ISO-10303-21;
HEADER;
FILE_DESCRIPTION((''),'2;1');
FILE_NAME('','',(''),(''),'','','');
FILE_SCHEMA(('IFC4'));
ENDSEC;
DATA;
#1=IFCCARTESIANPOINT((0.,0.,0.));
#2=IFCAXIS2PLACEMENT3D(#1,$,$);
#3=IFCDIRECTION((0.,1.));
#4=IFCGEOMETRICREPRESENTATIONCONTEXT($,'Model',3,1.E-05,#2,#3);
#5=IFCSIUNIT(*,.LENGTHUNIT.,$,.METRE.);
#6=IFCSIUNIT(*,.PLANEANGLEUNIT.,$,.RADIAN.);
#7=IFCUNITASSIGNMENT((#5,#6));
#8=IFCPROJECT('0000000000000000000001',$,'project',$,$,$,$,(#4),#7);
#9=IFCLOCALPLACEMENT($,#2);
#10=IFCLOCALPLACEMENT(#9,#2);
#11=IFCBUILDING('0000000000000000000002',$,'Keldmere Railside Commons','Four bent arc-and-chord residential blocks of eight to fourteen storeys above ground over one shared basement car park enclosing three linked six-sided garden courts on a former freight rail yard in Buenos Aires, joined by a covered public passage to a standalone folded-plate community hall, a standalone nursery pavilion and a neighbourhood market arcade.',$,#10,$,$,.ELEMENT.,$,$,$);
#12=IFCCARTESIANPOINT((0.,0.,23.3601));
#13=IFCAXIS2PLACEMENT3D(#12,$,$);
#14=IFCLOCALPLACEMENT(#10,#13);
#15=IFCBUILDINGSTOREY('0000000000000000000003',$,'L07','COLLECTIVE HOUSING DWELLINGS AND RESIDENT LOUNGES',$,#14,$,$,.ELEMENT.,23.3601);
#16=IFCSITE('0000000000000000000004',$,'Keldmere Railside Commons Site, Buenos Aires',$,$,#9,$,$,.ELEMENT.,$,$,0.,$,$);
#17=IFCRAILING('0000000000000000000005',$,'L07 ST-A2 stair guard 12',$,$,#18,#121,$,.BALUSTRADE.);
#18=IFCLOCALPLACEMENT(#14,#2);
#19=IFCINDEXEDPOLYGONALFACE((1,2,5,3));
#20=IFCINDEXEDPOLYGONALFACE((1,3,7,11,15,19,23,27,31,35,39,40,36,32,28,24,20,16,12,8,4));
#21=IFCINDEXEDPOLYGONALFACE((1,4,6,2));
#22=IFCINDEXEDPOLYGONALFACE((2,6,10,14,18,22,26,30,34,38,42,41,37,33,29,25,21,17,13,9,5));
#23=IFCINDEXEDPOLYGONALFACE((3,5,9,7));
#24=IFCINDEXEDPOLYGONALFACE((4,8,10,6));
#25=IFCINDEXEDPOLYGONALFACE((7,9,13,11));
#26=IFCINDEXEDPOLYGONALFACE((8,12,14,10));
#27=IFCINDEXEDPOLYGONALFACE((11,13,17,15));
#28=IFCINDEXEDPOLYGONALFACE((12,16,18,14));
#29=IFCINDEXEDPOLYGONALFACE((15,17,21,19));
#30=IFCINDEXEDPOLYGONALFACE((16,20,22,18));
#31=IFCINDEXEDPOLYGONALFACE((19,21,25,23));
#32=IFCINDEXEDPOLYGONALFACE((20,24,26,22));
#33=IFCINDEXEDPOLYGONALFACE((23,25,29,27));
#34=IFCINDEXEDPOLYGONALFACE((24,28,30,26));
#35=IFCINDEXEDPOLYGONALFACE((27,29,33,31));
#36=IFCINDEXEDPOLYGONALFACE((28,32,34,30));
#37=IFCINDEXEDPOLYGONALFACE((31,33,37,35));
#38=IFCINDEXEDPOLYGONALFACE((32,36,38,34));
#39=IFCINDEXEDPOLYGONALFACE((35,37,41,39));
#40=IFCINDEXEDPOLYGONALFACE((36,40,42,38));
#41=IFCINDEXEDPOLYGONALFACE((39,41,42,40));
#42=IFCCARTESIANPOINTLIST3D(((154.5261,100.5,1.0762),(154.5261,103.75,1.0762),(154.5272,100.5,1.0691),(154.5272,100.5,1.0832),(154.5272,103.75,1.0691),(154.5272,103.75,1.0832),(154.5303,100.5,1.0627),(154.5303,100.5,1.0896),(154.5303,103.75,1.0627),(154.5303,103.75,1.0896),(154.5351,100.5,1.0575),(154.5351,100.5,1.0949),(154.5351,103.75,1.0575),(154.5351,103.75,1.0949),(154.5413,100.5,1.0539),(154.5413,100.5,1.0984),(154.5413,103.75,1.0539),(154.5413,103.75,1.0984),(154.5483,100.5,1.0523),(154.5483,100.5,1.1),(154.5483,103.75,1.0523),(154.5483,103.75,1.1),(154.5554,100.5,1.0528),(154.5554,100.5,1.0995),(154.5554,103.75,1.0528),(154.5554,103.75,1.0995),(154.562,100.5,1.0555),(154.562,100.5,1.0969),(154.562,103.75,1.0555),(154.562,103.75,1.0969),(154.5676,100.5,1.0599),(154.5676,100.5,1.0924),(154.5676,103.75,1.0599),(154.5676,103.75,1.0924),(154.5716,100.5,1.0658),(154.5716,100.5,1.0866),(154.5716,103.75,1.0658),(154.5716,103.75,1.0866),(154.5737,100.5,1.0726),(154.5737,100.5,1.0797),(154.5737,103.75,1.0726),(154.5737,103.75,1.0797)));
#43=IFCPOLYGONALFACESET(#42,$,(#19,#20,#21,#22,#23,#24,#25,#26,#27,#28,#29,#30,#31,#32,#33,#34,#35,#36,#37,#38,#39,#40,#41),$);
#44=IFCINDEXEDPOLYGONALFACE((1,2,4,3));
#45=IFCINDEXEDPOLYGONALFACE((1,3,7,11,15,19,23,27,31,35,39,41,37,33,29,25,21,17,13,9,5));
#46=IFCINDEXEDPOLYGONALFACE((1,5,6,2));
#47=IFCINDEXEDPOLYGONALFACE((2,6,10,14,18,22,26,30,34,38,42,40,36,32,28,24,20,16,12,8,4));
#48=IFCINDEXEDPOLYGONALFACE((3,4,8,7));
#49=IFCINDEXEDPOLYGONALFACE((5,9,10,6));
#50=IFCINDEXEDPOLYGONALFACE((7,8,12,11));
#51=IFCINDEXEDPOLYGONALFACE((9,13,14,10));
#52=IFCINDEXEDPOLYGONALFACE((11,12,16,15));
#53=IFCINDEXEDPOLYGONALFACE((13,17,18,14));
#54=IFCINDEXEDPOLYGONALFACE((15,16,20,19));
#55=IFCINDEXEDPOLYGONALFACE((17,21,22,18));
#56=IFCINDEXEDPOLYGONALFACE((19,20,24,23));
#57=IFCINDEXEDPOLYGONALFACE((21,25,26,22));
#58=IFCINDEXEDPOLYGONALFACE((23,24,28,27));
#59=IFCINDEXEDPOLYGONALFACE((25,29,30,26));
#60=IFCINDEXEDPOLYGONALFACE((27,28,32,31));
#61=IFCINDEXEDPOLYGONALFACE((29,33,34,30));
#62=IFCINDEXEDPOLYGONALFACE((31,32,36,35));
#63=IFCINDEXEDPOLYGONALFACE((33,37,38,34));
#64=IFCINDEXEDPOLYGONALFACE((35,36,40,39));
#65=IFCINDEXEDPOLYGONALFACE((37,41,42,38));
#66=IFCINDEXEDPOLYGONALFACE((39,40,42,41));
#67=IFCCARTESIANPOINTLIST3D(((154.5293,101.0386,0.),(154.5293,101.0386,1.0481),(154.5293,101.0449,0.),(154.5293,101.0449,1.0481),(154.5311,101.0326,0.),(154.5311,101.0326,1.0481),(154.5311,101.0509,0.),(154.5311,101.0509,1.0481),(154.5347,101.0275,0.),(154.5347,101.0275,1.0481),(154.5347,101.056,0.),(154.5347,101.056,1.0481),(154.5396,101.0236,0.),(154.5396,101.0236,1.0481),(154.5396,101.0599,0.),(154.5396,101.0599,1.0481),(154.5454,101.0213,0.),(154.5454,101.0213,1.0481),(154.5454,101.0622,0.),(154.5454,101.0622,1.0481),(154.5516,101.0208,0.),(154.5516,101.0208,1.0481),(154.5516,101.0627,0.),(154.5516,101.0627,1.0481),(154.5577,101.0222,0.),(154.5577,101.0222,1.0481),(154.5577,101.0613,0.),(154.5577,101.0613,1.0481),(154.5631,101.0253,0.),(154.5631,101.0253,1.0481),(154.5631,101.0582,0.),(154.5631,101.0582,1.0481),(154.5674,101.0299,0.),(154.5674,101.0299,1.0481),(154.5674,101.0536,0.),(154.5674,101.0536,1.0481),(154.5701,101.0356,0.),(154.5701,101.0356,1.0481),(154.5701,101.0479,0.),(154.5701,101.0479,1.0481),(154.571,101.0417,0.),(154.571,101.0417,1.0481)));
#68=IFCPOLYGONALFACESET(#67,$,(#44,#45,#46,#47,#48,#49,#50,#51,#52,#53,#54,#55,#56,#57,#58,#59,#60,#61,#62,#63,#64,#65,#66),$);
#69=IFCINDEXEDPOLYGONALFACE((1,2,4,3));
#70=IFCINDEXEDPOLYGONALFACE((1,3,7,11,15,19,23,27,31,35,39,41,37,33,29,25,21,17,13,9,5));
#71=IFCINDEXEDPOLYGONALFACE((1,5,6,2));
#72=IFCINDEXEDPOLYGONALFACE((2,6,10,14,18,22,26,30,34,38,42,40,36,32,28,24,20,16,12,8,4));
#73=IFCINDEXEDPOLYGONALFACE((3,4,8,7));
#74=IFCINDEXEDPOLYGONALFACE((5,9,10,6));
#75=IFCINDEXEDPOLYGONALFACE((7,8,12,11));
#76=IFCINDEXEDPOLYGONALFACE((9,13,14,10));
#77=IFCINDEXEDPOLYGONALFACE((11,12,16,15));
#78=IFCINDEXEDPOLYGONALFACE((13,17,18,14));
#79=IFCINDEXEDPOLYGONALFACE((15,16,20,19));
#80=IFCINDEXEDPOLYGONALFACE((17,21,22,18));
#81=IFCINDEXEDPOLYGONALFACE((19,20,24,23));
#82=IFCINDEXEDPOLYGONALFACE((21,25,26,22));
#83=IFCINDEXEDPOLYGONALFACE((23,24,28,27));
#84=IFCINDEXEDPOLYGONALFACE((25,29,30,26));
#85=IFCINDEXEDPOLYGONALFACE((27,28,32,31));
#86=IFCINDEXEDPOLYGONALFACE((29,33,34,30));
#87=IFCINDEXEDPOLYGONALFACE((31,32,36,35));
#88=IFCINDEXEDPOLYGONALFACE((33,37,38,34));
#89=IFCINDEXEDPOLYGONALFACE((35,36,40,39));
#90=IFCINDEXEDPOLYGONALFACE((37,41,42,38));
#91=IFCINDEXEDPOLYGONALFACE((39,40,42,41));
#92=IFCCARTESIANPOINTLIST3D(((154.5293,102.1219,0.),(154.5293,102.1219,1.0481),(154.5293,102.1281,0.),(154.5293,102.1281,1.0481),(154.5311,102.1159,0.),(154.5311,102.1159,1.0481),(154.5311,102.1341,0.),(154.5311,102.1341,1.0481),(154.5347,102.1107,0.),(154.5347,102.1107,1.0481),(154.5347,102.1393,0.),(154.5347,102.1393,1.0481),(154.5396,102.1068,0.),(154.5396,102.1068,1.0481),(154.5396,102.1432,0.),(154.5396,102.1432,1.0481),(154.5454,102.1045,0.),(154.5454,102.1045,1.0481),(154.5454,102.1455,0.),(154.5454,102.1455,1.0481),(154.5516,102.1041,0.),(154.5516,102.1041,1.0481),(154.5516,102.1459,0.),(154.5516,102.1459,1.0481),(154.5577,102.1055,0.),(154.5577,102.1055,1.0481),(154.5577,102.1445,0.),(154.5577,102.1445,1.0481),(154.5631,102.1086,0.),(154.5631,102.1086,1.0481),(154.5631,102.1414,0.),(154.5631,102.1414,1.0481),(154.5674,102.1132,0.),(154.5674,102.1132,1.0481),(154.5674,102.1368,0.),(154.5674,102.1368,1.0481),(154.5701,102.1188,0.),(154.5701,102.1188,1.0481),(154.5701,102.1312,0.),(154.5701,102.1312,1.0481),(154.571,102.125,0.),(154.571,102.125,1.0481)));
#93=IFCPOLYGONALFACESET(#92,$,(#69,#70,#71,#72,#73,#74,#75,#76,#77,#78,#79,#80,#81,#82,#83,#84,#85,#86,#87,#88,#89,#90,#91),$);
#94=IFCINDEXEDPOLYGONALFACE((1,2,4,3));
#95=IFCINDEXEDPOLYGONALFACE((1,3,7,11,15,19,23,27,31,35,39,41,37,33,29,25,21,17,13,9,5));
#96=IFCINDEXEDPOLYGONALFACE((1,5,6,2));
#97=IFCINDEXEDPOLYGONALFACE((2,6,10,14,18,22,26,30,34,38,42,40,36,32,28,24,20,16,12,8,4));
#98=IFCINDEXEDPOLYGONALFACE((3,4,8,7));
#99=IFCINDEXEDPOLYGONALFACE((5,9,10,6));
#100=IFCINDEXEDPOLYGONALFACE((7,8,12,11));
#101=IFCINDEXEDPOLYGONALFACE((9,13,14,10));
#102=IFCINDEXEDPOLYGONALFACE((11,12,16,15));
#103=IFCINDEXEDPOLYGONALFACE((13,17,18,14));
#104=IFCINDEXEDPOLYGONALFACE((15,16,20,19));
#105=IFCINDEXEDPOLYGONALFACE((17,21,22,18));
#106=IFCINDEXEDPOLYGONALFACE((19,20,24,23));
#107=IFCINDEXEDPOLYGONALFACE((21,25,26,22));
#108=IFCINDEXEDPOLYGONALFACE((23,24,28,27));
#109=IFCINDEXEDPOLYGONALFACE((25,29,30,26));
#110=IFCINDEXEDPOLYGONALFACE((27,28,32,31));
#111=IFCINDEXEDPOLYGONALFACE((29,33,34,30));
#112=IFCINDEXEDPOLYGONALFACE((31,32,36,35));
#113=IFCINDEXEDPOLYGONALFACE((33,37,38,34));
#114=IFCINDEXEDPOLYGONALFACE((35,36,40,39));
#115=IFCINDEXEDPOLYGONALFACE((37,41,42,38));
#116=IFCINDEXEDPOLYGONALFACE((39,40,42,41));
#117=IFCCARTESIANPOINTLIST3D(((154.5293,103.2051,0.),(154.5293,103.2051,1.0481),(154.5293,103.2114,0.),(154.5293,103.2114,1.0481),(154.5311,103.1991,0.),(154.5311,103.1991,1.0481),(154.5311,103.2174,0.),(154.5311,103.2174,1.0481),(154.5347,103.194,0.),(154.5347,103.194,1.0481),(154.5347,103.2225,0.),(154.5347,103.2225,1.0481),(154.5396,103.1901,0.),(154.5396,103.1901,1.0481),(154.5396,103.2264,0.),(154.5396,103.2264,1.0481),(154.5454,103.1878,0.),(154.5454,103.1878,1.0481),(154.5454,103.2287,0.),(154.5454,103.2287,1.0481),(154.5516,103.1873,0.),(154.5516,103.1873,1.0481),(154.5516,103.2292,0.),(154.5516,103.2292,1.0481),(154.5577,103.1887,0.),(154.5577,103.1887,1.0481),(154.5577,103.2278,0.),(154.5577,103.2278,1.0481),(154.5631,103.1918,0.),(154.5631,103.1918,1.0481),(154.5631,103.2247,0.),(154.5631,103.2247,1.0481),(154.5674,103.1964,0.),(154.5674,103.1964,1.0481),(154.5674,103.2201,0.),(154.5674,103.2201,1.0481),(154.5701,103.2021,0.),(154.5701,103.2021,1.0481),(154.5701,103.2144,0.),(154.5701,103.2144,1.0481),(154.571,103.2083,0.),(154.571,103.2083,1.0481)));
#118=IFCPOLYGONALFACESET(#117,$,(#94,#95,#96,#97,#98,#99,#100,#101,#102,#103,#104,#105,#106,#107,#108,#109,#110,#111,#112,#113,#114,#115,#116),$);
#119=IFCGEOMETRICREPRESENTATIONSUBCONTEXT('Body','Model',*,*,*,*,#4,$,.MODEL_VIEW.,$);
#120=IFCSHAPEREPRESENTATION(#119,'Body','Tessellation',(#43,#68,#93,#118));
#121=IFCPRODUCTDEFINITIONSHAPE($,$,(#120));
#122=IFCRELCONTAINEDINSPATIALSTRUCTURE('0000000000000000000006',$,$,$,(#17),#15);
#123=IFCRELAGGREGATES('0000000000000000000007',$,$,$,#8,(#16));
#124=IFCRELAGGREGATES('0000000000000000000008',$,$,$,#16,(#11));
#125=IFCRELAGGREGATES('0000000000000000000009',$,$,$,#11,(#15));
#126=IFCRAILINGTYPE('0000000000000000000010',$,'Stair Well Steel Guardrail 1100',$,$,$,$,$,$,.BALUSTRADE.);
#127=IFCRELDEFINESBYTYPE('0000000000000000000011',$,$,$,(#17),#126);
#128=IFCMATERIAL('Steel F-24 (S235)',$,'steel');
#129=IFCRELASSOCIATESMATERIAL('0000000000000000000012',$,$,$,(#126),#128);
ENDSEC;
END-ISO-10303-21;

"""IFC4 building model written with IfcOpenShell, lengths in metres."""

from ifc_helpers import new_model, si_unit, direction, frame, origin, origin_2d, place, context, subcontext, project, spatial, circle, extrude, material, type_object, element, save


model = new_model("IFC4")

# Units and contexts
model_context = context("Model", 3, precision=1e-05, world=origin(), true_north=direction((0.0, 1.0)))
body_context = subcontext(model_context, "Body", "Model", "MODEL_VIEW")
ifc_project = project(units=[si_unit("LENGTHUNIT", "METRE"), si_unit("PLANEANGLEUNIT", "RADIAN")], contexts=[model_context])

# Site, building, storey
site_placement = place(None, origin())
site = spatial("IfcSite", under=ifc_project, at=site_placement, Name="Keldmere Railside Commons Site, Buenos Aires", CompositionType="ELEMENT", RefElevation=0.0)
building_placement = place(site_placement, origin())
building = spatial("IfcBuilding", under=site, at=building_placement, Name="Keldmere Railside Commons", Description="Four bent arc-and-chord residential blocks of eight to fourteen storeys above ground over one shared basement car park enclosing three linked six-sided garden courts on a former freight rail yard in Buenos Aires, joined by a covered public passage to a standalone folded-plate community hall, a standalone nursery pavilion and a neighbourhood market arcade.", CompositionType="ELEMENT")
storey_placement = place(building_placement, frame((0.0, 0.0, 23.3601)))
storey = spatial("IfcBuildingStorey", under=building, at=storey_placement, Name="L07", Description="COLLECTIVE HOUSING DWELLINGS AND RESIDENT LOUNGES", CompositionType="ELEMENT", Elevation=23.3601)

# Railing
ifc_material_1 = material(Name="Steel F-24 (S235)", Category="steel")
railing_type_1 = type_object("IfcRailingType", Name="Stair Well Steel Guardrail 1100", PredefinedType="BALUSTRADE", material=ifc_material_1)
railing_1_placement = place(storey_placement, frame((154.55, 100.5, 0.0)))
element("IfcRailing", 1, at=railing_1_placement, inside=storey, type_object=railing_type_1, Name="L07 ST-A2 stair guard 12", PredefinedType="BALUSTRADE", context=body_context, shape_type="SweptSolid", body=[
    extrude(circle(Radius=0.0239, at=origin_2d()), frame((0.0, 0.0, 1.0762), z_axis=(0.0, 1.0, 0.0), x_axis=(-1.0, 0.0, 0.0)), (0.0, 0.0, 1.0), 3.25),
    extrude(circle(Radius=0.021, at=origin_2d()), frame((0.0, 0.5417, 0.0)), (0.0, 0.0, 1.0), 1.0481),
    extrude(circle(Radius=0.021, at=origin_2d()), frame((0.0, 1.625, 0.0)), (0.0, 0.0, 1.0), 1.0481),
    extrude(circle(Radius=0.021, at=origin_2d()), frame((0.0, 2.7083, 0.0)), (0.0, 0.0, 1.0), 1.0481),
])

save(model, "model.ifc")
